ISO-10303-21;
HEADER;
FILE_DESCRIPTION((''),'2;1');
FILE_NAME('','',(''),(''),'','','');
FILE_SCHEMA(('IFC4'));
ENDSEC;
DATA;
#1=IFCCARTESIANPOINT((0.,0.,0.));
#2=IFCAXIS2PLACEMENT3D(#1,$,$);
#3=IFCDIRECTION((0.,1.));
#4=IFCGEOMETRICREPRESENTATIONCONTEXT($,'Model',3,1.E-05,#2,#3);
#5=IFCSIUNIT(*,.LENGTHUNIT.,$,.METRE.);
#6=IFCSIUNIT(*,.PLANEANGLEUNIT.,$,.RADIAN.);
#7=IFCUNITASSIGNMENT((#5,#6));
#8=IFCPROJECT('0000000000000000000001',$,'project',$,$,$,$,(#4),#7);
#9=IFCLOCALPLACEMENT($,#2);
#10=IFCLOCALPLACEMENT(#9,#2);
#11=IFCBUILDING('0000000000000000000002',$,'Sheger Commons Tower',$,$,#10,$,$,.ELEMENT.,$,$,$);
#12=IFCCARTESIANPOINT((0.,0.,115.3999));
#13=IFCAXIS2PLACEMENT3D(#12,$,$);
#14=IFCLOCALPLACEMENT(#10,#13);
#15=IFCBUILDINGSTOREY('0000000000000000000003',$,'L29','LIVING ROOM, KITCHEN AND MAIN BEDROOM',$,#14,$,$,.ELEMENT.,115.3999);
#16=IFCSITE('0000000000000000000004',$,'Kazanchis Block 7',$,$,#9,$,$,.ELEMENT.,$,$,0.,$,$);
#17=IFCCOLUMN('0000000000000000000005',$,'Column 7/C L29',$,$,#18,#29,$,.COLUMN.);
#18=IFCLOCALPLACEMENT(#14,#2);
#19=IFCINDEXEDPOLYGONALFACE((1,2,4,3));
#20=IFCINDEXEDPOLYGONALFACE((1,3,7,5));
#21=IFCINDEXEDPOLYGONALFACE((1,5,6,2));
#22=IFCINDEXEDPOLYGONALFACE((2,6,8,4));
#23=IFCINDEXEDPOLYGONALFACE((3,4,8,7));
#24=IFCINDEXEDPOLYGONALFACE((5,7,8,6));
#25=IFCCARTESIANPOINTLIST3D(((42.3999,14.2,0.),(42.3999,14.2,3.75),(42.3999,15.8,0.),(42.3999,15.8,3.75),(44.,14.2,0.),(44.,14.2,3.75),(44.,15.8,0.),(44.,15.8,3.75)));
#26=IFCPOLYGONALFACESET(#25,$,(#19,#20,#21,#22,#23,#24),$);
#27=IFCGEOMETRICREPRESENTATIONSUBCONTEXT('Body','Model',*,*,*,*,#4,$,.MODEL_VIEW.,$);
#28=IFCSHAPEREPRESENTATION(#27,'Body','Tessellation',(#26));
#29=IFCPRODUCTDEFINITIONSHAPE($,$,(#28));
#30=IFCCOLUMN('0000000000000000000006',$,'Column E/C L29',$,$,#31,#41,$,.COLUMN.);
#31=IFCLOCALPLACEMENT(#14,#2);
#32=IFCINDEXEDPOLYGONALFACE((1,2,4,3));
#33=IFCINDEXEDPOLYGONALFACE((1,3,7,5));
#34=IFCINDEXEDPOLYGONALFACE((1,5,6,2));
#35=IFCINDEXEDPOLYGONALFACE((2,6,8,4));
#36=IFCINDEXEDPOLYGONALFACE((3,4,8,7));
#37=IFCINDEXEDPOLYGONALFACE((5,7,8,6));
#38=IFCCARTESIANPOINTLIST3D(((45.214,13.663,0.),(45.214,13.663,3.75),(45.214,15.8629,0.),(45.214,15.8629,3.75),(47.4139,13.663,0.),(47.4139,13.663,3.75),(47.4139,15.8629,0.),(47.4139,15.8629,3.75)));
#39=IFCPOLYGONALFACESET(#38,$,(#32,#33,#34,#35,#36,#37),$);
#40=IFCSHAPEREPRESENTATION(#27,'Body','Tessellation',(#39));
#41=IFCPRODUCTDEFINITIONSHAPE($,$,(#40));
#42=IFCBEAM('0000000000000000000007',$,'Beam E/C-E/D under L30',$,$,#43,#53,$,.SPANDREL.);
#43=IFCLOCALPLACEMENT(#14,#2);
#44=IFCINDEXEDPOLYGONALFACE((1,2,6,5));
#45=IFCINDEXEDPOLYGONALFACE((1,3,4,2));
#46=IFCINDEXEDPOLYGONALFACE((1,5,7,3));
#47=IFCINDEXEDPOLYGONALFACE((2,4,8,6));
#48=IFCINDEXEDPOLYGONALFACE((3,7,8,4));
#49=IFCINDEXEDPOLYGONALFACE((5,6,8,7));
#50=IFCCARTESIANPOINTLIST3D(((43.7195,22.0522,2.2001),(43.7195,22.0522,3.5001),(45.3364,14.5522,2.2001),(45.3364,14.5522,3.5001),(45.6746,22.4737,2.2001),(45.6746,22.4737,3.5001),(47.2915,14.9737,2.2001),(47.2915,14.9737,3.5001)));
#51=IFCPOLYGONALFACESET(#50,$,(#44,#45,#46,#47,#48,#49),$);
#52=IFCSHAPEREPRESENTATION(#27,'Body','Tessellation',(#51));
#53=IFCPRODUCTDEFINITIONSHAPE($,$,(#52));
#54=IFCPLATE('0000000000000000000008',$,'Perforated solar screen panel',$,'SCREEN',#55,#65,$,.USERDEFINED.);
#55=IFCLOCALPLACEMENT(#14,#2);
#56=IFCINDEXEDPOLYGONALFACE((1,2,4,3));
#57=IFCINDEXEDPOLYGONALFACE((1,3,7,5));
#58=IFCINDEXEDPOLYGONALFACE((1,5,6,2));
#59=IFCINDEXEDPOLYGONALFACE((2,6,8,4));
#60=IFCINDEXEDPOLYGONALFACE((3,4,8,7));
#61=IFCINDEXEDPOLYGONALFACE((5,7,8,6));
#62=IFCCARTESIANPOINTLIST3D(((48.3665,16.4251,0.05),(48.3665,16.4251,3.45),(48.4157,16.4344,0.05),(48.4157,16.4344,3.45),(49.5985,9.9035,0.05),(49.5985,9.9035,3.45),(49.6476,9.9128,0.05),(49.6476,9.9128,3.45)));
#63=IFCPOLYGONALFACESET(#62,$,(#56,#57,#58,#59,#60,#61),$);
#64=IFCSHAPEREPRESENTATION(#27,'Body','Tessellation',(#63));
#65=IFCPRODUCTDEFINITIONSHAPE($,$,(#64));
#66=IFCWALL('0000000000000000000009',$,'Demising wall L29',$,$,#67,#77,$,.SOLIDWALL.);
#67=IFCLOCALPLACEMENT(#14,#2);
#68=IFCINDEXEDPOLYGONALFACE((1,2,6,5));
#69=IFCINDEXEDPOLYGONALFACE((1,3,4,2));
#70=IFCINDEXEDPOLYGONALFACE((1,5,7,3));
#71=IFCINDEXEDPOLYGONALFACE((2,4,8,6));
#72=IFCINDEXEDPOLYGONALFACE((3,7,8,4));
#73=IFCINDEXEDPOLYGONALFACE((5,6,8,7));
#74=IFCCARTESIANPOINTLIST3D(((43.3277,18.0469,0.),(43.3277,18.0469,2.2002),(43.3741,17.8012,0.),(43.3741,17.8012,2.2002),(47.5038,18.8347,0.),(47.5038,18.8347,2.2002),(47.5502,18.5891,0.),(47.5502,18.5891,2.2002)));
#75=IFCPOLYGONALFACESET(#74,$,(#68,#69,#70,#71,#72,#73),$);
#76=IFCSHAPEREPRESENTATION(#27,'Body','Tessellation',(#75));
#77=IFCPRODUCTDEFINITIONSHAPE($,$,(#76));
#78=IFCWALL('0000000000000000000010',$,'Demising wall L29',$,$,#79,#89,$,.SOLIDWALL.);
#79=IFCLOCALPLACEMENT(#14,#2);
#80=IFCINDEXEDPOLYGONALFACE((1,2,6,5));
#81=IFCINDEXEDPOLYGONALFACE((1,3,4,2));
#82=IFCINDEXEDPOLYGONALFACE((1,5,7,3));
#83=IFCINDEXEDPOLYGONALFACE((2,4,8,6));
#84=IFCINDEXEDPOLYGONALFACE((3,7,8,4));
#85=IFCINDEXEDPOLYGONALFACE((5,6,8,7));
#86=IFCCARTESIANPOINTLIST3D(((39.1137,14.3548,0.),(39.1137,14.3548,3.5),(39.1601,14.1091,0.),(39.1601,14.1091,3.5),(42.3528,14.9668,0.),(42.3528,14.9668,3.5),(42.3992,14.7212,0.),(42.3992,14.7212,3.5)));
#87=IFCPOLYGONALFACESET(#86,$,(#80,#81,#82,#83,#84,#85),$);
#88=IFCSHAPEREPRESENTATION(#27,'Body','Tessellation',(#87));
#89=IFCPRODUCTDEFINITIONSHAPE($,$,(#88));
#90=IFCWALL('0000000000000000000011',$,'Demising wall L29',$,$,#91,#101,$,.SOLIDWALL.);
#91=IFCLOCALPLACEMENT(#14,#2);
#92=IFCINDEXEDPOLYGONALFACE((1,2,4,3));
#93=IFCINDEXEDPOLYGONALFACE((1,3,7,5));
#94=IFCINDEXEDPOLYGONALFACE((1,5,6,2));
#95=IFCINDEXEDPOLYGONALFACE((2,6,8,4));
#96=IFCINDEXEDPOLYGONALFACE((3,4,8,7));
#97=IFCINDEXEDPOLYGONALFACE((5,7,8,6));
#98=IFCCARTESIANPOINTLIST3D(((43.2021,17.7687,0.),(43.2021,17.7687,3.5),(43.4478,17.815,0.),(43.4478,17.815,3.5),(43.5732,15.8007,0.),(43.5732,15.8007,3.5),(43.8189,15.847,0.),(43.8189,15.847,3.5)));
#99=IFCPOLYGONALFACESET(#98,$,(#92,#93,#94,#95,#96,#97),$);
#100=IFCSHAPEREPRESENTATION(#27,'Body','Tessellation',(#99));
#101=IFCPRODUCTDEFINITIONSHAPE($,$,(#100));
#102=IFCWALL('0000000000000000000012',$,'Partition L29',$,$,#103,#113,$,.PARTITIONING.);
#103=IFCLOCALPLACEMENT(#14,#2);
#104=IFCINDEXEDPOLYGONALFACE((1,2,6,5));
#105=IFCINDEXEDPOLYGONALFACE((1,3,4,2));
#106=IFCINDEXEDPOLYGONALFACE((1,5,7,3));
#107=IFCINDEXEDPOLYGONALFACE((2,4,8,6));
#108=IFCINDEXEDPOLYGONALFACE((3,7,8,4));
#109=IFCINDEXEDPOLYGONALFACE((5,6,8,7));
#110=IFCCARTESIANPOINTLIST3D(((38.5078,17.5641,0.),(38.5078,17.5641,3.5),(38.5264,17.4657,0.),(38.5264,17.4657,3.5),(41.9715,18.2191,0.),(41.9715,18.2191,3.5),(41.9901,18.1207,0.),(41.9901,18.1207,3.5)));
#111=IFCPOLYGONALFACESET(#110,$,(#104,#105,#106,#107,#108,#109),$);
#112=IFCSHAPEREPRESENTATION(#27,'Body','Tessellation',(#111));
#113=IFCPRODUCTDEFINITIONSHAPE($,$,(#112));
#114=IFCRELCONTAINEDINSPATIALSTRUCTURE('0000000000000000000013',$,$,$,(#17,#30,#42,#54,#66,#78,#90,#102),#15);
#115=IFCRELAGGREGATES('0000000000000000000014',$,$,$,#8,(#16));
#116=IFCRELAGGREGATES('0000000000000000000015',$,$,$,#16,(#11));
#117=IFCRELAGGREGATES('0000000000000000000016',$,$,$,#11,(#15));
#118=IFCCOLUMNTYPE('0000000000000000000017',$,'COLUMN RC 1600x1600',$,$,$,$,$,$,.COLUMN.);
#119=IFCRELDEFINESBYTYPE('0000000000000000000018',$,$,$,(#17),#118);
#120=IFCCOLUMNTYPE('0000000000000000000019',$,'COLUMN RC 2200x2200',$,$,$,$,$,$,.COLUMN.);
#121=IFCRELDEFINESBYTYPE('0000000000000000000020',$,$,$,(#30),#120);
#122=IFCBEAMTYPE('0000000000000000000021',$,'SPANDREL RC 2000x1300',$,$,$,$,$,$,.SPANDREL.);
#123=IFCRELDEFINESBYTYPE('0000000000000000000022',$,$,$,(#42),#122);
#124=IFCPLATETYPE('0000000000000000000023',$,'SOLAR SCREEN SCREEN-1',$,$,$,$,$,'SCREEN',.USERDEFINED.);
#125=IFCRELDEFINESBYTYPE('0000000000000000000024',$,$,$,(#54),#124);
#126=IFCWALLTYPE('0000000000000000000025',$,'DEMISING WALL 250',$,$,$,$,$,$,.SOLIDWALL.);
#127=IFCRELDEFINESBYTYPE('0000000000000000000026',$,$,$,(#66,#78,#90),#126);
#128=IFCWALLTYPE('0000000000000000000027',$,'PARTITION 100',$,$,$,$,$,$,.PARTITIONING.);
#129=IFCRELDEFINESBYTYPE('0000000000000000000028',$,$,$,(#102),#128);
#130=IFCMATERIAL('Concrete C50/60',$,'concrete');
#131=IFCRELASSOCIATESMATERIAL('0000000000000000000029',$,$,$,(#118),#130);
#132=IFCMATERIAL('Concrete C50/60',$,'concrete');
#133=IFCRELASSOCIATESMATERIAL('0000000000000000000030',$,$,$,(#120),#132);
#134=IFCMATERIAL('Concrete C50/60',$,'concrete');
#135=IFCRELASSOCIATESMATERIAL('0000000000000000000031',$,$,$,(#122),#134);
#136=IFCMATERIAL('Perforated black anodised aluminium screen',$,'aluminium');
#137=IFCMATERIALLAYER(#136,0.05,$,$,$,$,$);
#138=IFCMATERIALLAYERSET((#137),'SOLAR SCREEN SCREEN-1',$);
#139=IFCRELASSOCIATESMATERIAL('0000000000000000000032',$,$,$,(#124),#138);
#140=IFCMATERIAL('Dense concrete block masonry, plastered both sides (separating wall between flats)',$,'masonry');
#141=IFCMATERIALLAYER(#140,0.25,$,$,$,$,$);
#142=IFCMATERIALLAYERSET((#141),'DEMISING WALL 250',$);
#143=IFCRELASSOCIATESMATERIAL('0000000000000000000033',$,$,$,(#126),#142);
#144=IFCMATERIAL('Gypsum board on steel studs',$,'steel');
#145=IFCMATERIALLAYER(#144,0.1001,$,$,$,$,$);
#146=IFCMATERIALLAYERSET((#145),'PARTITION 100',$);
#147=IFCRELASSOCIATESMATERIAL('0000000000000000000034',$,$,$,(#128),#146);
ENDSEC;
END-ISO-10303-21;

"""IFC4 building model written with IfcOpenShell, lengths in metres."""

from ifc_helpers import new_model, si_unit, direction, frame, frame_2d, origin, origin_2d, place, context, subcontext, project, spatial, rectangle, extrude, material, layer, layer_set, material_profile, profile_set, type_object, element, save


model = new_model("IFC4")

# Units and contexts
model_context = context("Model", 3, precision=1e-05, world=origin(), true_north=direction((0.0, 1.0)))
body_context = subcontext(model_context, "Body", "Model", "MODEL_VIEW")
ifc_project = project(units=[si_unit("LENGTHUNIT", "METRE"), si_unit("PLANEANGLEUNIT", "RADIAN")], contexts=[model_context])

# Site, building, storey
site_placement = place(None, origin())
site = spatial("IfcSite", under=ifc_project, at=site_placement, Name="Kazanchis Block 7", CompositionType="ELEMENT", RefElevation=0.0)
building_placement = place(site_placement, origin())
building = spatial("IfcBuilding", under=site, at=building_placement, Name="Sheger Commons Tower", CompositionType="ELEMENT")
storey_placement = place(building_placement, frame((0.0, 0.0, 115.3999)))
storey = spatial("IfcBuildingStorey", under=building, at=storey_placement, Name="L29", Description="LIVING ROOM, KITCHEN AND MAIN BEDROOM", CompositionType="ELEMENT", Elevation=115.3999)

# Columns
ifc_material_1 = material(Name="Concrete C50/60", Category="concrete")
ifc_material_profile_1 = material_profile(ifc_material_1, rectangle(XDim=1.6001, YDim=1.6001, at=origin_2d()), Name="RC 1600x1600")
ifc_profile_set_1 = profile_set([ifc_material_profile_1], Name="Concrete C50/60")
column_type_1 = type_object("IfcColumnType", Name="COLUMN RC 1600x1600", PredefinedType="COLUMN", material=ifc_profile_set_1)
column_1_placement = place(storey_placement, frame((43.2, 15.0, 0.0), z_axis=(0.0, 0.0, 1.0), x_axis=(1.0, 0.0, 0.0)))
element("IfcColumn", 1, at=column_1_placement, inside=storey, type_object=column_type_1, Name="Column 7/C L29", PredefinedType="COLUMN", context=body_context, shape_type="SweptSolid", body=[
    extrude(rectangle(XDim=1.6001, YDim=1.6001, at=origin_2d()), origin(), (0.0, 0.0, 1.0), 3.75),
])
ifc_material_2 = material(Name="Concrete C50/60", Category="concrete")
ifc_material_profile_2 = material_profile(ifc_material_2, rectangle(XDim=2.2, YDim=2.2, at=origin_2d()), Name="RC 2200x2200")
ifc_profile_set_2 = profile_set([ifc_material_profile_2], Name="Concrete C50/60")
column_type_2 = type_object("IfcColumnType", Name="COLUMN RC 2200x2200", PredefinedType="COLUMN", material=ifc_profile_set_2)
column_2_placement = place(storey_placement, frame((46.314, 14.7629, 0.0), z_axis=(0.0, 0.0, 1.0), x_axis=(1.0, 0.0, 0.0)))
element("IfcColumn", 2, at=column_2_placement, inside=storey, type_object=column_type_2, Name="Column E/C L29", PredefinedType="COLUMN", context=body_context, shape_type="SweptSolid", body=[
    extrude(rectangle(XDim=2.2, YDim=2.2, at=origin_2d()), origin(), (0.0, 0.0, 1.0), 3.75),
])

# Beam
ifc_material_3 = material(Name="Concrete C50/60", Category="concrete")
ifc_material_profile_3 = material_profile(ifc_material_3, rectangle(XDim=2.0, YDim=1.3, at=origin_2d()), Name="RC 2000x1300")
ifc_profile_set_3 = profile_set([ifc_material_profile_3], Name="Concrete C50/60")
beam_type = type_object("IfcBeamType", Name="SPANDREL RC 2000x1300", PredefinedType="SPANDREL", material=ifc_profile_set_3)
beam_placement = place(storey_placement, frame((46.314, 14.7629, 2.8501), z_axis=(-0.21075, 0.97754, 0.0), x_axis=(-0.97754, -0.21075, 0.0)))
element("IfcBeam", 3, at=beam_placement, inside=storey, type_object=beam_type, Name="Beam E/C-E/D under L30", PredefinedType="SPANDREL", context=body_context, shape_type="SweptSolid", body=[
    extrude(rectangle(XDim=2.0, YDim=1.3, at=origin_2d()), origin(), (0.0, 0.0, 1.0), 7.6724),
])

# Plate
ifc_material_4 = material(Name="Perforated black anodised aluminium screen", Category="aluminium")
ifc_layer_1 = layer(ifc_material_4, 0.05)
ifc_layer_set_1 = layer_set([ifc_layer_1], Name="SOLAR SCREEN SCREEN-1")
plate_type = type_object("IfcPlateType", Name="SOLAR SCREEN SCREEN-1", ElementType="SCREEN", PredefinedType="USERDEFINED", material=ifc_layer_set_1)
plate_placement = place(storey_placement, frame((49.0071, 13.1689, 0.05), z_axis=(0.0, 0.0, 1.0), x_axis=(-0.185615, 0.982623, 0.0)))
element("IfcPlate", 4, at=plate_placement, inside=storey, type_object=plate_type, Name="Perforated solar screen panel", ObjectType="SCREEN", PredefinedType="USERDEFINED", context=body_context, shape_type="SweptSolid", body=[
    extrude(rectangle(XDim=6.637, YDim=0.05, at=origin_2d()), origin(), (0.0, 0.0, 1.0), 3.3999),
])

# Walls
ifc_material_5 = material(Name="Dense concrete block masonry, plastered both sides (separating wall between flats)", Category="masonry")
ifc_layer_2 = layer(ifc_material_5, 0.25)
ifc_layer_set_2 = layer_set([ifc_layer_2], Name="DEMISING WALL 250")
wall_type_1 = type_object("IfcWallType", Name="DEMISING WALL 250", PredefinedType="SOLIDWALL", material=ifc_layer_set_2)
wall_1_placement = place(storey_placement, frame((47.5271, 18.7119, 0.0), z_axis=(0.0, 0.0, 1.0), x_axis=(-0.982665, -0.185388, 0.0)))
element("IfcWall", 5, at=wall_1_placement, inside=storey, type_object=wall_type_1, Name="Demising wall L29", PredefinedType="SOLIDWALL", context=body_context, shape_type="SweptSolid", body=[
    extrude(rectangle(XDim=4.2498, YDim=0.25, at=frame_2d((2.125, 0.0))), origin(), (0.0, 0.0, 1.0), 2.2002),
])
wall_2_placement = place(storey_placement, frame((42.376, 14.844, 0.0), z_axis=(0.0, 0.0, 1.0), x_axis=(-0.98261, -0.185679, 0.0)))
element("IfcWall", 6, at=wall_2_placement, inside=storey, type_object=wall_type_1, Name="Demising wall L29", PredefinedType="SOLIDWALL", context=body_context, shape_type="SweptSolid", body=[
    extrude(rectangle(XDim=3.2964, YDim=0.25, at=frame_2d((1.6482, 0.0))), origin(), (0.0, 0.0, 1.0), 3.5),
])
wall_3_placement = place(storey_placement, frame((43.325, 17.792, 0.0), z_axis=(0.0, 0.0, 1.0), x_axis=(0.185297, -0.982683, 0.0)))
element("IfcWall", 7, at=wall_3_placement, inside=storey, type_object=wall_type_1, Name="Demising wall L29", PredefinedType="SOLIDWALL", context=body_context, shape_type="SweptSolid", body=[
    extrude(rectangle(XDim=2.0027, YDim=0.25, at=frame_2d((1.0015, 0.0))), origin(), (0.0, 0.0, 1.0), 3.5),
])
ifc_material_6 = material(Name="Gypsum board on steel studs", Category="steel")
ifc_layer_3 = layer(ifc_material_6, 0.1001)
ifc_layer_set_3 = layer_set([ifc_layer_3], Name="PARTITION 100")
wall_type_2 = type_object("IfcWallType", Name="PARTITION 100", PredefinedType="PARTITIONING", material=ifc_layer_set_3)
wall_4_placement = place(storey_placement, frame((41.981, 18.1699, 0.0), z_axis=(0.0, 0.0, 1.0), x_axis=(-0.982586, -0.18581, 0.0)))
element("IfcWall", 8, at=wall_4_placement, inside=storey, type_object=wall_type_2, Name="Partition L29", PredefinedType="PARTITIONING", context=body_context, shape_type="SweptSolid", body=[
    extrude(rectangle(XDim=3.5251, YDim=0.1001, at=frame_2d((1.7627, 0.0))), origin(), (0.0, 0.0, 1.0), 3.5),
])

save(model, "model.ifc")
